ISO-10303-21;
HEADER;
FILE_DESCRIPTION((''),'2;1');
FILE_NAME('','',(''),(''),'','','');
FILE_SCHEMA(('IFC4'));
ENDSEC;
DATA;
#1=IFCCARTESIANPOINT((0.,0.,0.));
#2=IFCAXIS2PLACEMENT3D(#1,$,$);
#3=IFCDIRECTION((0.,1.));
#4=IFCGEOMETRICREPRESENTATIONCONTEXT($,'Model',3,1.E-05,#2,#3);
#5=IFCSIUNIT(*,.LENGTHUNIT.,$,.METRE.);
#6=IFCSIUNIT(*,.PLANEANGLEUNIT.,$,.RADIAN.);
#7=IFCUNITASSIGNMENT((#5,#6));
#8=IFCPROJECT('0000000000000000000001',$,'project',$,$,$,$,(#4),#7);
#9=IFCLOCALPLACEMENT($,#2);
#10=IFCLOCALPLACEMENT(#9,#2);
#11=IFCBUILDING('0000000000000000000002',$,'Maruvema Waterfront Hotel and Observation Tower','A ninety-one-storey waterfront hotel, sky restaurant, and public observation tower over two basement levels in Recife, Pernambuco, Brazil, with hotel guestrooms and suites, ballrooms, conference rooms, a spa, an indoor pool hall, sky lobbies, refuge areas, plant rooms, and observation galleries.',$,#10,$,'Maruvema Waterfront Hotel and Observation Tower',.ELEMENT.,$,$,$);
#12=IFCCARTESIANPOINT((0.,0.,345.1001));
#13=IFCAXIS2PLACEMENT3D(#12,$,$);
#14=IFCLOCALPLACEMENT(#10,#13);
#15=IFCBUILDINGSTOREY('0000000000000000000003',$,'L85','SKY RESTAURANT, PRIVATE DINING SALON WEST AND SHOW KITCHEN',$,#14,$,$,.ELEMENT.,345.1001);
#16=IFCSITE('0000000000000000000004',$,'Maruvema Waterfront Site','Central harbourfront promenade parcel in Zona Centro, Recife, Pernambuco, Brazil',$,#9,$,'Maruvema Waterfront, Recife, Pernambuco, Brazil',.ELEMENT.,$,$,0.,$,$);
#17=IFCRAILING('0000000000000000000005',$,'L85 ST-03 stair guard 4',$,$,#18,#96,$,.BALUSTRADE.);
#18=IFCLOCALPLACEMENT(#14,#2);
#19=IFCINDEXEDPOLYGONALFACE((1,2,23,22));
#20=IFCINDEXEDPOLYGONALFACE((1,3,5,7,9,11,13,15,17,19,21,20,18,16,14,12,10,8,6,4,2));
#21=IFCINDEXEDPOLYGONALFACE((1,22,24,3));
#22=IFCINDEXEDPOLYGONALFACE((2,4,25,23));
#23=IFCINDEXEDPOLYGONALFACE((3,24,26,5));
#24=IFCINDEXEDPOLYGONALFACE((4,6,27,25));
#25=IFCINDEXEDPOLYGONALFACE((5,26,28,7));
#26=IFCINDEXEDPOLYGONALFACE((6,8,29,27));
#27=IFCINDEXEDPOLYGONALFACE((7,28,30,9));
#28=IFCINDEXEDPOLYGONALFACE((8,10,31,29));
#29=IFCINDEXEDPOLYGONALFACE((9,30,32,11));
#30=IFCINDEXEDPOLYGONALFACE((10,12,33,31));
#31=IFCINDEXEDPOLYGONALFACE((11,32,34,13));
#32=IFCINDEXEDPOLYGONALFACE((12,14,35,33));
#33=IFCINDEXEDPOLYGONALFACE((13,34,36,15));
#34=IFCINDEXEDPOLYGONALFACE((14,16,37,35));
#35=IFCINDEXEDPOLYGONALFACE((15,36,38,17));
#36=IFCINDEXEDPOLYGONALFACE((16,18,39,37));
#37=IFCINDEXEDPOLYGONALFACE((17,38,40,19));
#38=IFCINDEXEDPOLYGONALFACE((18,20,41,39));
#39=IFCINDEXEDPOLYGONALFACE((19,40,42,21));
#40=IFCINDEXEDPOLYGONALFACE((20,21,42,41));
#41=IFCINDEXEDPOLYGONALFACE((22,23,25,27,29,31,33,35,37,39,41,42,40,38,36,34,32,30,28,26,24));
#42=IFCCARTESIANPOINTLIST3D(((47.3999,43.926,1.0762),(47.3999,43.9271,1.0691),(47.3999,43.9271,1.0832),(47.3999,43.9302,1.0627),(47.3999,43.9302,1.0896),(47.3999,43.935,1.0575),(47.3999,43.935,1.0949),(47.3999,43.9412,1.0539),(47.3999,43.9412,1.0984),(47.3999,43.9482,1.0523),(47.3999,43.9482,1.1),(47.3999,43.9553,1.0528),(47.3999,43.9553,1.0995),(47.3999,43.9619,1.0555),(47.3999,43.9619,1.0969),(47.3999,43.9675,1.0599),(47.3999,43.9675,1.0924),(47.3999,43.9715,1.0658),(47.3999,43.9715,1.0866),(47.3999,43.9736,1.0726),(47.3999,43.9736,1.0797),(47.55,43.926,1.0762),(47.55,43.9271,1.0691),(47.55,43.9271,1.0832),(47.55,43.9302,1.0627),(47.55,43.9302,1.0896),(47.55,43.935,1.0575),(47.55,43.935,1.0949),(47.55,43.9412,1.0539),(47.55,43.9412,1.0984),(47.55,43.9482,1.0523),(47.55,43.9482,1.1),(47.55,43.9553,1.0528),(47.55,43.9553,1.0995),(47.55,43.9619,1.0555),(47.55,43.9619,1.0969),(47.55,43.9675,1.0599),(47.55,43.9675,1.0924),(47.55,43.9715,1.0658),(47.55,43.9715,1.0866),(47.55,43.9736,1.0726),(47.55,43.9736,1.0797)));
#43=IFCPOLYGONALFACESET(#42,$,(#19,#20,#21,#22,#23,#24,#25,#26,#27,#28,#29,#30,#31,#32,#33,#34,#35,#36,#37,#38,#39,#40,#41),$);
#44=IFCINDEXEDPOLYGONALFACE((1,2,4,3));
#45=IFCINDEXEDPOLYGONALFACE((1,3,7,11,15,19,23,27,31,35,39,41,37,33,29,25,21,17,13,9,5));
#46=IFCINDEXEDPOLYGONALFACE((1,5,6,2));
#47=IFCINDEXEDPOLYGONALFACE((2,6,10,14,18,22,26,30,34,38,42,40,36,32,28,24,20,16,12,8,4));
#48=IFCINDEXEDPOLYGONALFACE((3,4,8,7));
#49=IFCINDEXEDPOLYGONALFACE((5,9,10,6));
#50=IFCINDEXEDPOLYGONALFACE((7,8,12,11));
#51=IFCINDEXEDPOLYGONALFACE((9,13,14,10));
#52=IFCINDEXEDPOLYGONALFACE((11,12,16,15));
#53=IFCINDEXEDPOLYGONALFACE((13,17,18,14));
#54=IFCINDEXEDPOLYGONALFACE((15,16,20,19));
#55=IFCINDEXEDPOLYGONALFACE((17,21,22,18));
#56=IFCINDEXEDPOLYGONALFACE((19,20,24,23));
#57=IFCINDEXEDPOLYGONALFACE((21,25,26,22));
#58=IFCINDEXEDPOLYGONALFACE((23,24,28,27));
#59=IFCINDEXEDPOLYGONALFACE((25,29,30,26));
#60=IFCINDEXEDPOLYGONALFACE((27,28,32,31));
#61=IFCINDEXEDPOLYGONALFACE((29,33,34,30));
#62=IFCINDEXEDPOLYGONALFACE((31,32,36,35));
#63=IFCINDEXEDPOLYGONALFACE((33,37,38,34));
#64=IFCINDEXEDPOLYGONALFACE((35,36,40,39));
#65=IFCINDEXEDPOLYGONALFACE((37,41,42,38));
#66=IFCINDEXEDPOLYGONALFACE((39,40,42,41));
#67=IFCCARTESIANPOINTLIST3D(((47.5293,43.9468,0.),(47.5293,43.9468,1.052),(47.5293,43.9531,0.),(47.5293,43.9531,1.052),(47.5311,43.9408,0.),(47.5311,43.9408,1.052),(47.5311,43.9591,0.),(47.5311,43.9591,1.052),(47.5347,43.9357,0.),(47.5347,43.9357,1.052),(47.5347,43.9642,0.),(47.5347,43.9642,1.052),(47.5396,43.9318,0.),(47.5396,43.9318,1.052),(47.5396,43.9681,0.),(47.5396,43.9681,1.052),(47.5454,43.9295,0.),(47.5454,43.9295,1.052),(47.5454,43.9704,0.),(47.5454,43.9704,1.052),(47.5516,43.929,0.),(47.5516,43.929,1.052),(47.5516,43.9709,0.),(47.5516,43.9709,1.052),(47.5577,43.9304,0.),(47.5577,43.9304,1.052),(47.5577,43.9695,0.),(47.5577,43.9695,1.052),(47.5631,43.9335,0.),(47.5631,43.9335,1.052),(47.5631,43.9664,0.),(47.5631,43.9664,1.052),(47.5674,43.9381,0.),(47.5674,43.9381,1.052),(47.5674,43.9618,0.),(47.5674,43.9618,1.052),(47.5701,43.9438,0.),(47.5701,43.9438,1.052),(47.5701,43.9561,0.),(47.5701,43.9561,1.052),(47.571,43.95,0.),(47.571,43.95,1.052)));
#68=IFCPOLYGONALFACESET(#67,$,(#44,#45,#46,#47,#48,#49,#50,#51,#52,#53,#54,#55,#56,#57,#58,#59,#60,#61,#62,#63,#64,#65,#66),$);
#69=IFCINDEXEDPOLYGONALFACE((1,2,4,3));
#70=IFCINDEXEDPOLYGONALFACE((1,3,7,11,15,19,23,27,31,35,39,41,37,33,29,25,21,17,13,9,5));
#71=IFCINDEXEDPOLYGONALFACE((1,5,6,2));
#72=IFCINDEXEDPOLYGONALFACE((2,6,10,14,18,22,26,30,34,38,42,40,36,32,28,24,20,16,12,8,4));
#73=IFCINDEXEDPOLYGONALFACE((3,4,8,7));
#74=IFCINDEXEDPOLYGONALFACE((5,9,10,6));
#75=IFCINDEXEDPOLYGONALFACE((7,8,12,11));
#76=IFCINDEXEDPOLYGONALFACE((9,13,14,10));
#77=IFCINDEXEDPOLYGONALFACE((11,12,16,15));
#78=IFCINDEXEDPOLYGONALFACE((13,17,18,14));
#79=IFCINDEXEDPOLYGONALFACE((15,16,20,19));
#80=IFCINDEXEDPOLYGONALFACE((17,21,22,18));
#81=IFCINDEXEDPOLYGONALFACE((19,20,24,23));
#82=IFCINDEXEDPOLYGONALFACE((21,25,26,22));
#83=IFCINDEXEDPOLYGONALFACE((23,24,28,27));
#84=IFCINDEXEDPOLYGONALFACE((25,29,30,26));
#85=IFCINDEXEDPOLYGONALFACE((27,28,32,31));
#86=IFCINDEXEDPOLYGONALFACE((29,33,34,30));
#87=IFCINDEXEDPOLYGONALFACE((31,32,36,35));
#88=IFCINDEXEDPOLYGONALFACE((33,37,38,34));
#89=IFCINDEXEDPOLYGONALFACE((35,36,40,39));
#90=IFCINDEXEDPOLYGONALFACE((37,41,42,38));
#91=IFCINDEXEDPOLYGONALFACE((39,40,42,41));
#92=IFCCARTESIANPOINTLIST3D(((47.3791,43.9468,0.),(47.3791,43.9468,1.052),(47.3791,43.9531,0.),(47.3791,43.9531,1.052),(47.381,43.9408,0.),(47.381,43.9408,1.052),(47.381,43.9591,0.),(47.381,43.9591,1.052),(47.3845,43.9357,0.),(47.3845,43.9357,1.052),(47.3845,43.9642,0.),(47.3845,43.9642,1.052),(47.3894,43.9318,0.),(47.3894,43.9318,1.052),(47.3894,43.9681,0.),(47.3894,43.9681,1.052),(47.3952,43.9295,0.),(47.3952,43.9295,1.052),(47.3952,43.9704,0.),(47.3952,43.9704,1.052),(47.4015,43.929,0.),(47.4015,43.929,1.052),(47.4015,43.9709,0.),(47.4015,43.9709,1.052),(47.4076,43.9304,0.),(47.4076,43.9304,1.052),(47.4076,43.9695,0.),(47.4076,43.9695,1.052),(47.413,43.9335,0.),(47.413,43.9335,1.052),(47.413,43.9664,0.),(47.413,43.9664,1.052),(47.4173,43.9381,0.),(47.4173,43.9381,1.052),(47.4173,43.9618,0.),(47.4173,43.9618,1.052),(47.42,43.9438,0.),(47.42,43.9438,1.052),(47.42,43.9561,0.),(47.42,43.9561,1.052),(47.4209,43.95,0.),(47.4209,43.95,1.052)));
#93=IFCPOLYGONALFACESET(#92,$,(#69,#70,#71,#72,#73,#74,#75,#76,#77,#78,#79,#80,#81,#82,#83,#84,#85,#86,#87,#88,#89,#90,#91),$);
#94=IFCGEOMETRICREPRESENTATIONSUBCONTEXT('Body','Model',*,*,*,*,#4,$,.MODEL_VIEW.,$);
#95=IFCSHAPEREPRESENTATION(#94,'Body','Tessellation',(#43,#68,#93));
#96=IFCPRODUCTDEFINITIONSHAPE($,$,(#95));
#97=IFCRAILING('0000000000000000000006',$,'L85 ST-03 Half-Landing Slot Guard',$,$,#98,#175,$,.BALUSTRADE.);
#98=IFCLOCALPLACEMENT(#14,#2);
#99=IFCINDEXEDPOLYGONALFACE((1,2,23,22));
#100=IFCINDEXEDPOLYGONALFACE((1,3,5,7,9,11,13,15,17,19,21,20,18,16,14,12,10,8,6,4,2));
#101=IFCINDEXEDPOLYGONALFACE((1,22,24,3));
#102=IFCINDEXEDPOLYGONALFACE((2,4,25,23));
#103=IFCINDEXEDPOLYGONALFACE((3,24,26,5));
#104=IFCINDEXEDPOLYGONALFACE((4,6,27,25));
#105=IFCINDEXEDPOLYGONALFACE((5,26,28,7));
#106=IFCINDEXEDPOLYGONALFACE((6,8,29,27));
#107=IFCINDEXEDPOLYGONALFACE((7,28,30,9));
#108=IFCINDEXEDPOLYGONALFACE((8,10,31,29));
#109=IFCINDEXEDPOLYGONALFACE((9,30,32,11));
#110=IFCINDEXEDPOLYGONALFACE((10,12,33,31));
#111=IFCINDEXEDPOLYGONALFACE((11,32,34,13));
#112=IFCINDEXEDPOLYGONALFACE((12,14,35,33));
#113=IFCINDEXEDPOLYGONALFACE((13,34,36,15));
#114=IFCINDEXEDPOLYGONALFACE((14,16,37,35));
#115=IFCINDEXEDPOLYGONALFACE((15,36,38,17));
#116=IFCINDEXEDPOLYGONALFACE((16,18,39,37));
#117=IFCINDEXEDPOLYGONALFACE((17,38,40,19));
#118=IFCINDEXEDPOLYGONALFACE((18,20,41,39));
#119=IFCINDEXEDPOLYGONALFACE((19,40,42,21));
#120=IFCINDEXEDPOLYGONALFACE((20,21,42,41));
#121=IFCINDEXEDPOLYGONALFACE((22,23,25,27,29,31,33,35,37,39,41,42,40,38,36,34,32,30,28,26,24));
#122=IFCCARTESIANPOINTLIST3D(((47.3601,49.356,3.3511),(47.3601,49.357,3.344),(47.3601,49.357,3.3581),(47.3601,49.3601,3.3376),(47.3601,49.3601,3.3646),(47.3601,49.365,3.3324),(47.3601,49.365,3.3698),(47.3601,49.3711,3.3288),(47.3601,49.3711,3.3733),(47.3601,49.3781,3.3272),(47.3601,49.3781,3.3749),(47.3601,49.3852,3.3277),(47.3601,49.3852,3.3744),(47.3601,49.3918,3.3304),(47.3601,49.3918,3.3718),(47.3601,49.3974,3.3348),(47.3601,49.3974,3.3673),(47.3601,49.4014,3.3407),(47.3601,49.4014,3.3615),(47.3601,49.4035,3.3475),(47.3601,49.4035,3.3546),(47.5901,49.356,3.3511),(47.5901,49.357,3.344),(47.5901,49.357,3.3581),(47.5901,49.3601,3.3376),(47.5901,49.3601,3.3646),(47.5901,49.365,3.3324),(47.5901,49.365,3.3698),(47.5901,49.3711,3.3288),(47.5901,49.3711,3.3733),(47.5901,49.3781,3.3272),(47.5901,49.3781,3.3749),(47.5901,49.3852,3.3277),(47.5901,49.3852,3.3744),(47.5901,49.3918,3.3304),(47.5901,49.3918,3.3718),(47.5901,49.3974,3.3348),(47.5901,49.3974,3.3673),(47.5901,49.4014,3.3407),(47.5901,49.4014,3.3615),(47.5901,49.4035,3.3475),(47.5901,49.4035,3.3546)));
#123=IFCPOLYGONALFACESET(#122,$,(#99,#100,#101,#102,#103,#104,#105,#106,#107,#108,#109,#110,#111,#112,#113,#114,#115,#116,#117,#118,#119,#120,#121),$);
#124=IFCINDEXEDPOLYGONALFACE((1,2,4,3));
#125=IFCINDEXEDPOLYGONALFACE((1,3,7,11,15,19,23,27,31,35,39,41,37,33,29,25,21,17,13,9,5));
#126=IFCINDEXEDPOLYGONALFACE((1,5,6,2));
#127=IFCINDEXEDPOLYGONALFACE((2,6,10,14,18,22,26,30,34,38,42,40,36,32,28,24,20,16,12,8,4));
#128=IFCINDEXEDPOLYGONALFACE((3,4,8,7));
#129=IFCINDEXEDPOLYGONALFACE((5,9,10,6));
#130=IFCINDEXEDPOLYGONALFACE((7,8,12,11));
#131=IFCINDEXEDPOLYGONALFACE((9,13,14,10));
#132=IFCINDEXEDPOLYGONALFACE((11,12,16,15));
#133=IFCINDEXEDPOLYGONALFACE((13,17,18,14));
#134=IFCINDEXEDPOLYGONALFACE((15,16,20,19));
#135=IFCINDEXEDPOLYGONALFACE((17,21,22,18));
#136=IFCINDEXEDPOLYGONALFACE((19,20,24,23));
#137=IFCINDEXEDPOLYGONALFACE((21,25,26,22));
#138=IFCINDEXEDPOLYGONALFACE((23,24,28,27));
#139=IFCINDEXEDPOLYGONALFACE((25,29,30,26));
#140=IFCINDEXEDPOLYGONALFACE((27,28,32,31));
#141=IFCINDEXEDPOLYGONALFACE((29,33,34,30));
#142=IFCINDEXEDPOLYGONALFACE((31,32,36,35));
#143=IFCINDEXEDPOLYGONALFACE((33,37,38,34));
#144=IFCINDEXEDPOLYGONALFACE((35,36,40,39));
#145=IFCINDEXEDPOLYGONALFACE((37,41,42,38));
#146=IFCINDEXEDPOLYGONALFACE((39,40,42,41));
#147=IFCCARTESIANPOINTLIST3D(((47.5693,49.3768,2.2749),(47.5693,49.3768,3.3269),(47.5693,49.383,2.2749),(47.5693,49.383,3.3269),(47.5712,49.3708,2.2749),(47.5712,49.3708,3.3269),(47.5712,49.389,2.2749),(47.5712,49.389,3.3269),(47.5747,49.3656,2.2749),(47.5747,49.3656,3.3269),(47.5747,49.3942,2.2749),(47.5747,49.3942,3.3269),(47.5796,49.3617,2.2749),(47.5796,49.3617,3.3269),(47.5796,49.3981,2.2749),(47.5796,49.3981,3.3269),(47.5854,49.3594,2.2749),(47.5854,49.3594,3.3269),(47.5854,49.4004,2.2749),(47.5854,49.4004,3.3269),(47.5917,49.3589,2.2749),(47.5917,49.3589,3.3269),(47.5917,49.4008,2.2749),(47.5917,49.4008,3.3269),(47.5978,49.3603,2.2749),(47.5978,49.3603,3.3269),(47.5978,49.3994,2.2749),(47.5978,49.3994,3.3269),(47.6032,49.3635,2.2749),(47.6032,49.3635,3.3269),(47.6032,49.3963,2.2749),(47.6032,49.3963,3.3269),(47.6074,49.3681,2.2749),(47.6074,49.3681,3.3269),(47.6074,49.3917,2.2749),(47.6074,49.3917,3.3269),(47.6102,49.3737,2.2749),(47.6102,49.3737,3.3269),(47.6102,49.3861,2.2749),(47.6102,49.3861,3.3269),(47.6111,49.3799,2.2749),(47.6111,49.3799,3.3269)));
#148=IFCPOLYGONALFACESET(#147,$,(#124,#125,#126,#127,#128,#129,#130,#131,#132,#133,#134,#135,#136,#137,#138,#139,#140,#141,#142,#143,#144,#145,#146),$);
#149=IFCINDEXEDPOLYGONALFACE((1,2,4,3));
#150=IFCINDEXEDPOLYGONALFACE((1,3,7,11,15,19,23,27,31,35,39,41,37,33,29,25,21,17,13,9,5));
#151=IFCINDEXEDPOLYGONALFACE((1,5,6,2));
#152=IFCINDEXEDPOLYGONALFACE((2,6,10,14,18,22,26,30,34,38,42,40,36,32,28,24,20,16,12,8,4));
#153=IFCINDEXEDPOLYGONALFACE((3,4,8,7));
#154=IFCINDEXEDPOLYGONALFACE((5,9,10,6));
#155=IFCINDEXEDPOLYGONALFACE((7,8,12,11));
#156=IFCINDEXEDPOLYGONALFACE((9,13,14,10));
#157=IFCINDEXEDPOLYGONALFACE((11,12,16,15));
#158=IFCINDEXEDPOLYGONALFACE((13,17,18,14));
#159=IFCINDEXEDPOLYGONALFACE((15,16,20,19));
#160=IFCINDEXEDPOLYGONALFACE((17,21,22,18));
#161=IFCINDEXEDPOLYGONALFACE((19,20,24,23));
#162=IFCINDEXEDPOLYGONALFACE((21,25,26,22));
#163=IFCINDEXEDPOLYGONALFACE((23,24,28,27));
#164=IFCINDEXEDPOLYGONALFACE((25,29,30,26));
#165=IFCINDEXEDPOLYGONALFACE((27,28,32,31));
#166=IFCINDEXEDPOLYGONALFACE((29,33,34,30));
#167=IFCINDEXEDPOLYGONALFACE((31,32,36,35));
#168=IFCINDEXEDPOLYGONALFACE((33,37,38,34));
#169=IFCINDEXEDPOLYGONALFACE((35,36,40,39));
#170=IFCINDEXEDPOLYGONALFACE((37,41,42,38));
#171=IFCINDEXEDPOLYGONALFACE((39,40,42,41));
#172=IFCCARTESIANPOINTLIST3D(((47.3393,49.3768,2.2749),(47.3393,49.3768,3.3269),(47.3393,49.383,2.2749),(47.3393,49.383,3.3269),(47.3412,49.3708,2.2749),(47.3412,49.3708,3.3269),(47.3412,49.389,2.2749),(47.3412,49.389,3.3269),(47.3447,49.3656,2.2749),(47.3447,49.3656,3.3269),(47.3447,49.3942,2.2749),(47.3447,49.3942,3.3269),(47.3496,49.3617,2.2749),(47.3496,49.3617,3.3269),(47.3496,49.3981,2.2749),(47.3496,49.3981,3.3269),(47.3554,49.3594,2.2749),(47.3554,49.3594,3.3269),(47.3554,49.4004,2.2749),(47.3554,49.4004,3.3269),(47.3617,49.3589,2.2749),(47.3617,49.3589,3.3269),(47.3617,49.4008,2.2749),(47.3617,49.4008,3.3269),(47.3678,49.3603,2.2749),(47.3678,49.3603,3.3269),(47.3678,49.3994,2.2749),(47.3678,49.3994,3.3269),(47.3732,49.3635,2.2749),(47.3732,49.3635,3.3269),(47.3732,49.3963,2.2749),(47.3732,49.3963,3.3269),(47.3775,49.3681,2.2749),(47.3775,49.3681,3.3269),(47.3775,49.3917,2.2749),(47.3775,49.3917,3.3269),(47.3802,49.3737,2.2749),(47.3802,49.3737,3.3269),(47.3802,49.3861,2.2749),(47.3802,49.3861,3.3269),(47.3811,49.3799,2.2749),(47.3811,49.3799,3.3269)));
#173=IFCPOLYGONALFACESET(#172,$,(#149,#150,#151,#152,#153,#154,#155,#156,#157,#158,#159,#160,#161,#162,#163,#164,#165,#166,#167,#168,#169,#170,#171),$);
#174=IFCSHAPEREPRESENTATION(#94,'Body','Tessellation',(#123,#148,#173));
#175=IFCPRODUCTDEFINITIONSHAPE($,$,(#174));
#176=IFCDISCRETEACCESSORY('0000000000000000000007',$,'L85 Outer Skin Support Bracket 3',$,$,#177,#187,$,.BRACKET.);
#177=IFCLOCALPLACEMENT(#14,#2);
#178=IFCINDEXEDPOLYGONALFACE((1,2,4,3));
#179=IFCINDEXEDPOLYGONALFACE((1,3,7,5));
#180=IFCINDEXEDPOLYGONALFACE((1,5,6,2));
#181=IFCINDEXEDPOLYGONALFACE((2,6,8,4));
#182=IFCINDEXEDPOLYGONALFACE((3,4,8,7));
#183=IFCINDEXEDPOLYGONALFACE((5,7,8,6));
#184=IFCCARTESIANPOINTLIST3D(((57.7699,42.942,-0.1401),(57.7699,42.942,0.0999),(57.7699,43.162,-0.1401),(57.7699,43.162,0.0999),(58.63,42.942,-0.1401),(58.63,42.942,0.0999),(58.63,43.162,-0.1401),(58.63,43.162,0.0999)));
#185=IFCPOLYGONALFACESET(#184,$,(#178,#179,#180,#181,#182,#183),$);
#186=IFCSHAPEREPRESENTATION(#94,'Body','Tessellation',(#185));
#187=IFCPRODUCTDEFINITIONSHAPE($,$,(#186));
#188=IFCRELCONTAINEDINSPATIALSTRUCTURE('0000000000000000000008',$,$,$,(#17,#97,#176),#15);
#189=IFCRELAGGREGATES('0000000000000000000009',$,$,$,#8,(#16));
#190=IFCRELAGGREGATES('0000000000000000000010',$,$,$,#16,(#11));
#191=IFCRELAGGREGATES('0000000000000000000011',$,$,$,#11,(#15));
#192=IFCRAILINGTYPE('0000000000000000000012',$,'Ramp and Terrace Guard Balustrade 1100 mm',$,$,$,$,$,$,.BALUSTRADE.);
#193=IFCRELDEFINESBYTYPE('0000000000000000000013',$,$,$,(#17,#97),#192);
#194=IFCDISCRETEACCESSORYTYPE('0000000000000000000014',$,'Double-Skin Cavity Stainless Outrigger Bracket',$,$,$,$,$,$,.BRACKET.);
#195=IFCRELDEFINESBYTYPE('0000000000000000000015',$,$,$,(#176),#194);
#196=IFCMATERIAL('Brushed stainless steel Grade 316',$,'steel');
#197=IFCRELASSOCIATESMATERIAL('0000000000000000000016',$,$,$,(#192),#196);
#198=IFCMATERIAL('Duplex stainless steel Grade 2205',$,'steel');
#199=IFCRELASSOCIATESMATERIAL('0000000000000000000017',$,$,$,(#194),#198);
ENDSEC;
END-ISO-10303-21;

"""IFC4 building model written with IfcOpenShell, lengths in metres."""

from ifc_helpers import new_model, si_unit, direction, frame, origin, origin_2d, place, context, subcontext, project, spatial, rectangle, circle, extrude, material, type_object, element, save


model = new_model("IFC4")

# Units and contexts
model_context = context("Model", 3, precision=1e-05, world=origin(), true_north=direction((0.0, 1.0)))
body_context = subcontext(model_context, "Body", "Model", "MODEL_VIEW")
ifc_project = project(units=[si_unit("LENGTHUNIT", "METRE"), si_unit("PLANEANGLEUNIT", "RADIAN")], contexts=[model_context])

# Site, building, storey
site_placement = place(None, origin())
site = spatial("IfcSite", under=ifc_project, at=site_placement, Name="Maruvema Waterfront Site", Description="Central harbourfront promenade parcel in Zona Centro, Recife, Pernambuco, Brazil", LongName="Maruvema Waterfront, Recife, Pernambuco, Brazil", CompositionType="ELEMENT", RefElevation=0.0)
building_placement = place(site_placement, origin())
building = spatial("IfcBuilding", under=site, at=building_placement, Name="Maruvema Waterfront Hotel and Observation Tower", Description="A ninety-one-storey waterfront hotel, sky restaurant, and public observation tower over two basement levels in Recife, Pernambuco, Brazil, with hotel guestrooms and suites, ballrooms, conference rooms, a spa, an indoor pool hall, sky lobbies, refuge areas, plant rooms, and observation galleries.", LongName="Maruvema Waterfront Hotel and Observation Tower", CompositionType="ELEMENT")
storey_placement = place(building_placement, frame((0.0, 0.0, 345.1001)))
storey = spatial("IfcBuildingStorey", under=building, at=storey_placement, Name="L85", Description="SKY RESTAURANT, PRIVATE DINING SALON WEST AND SHOW KITCHEN", CompositionType="ELEMENT", Elevation=345.1001)

# Railings
ifc_material_1 = material(Name="Brushed stainless steel Grade 316", Category="steel")
railing_type_1 = type_object("IfcRailingType", Name="Ramp and Terrace Guard Balustrade 1100 mm", PredefinedType="BALUSTRADE", material=ifc_material_1)
railing_1_placement = place(storey_placement, frame((47.55, 43.95, 0.0)))
element("IfcRailing", 1, at=railing_1_placement, inside=storey, type_object=railing_type_1, Name="L85 ST-03 stair guard 4", PredefinedType="BALUSTRADE", context=body_context, shape_type="SweptSolid", body=[
    extrude(circle(Radius=0.0239, at=origin_2d()), frame((0.0, 0.0, 1.0762), z_axis=(-1.0, 0.0, 0.0), x_axis=(0.0, -1.0, 0.0)), (0.0, 0.0, 1.0), 0.1501),
    extrude(circle(Radius=0.021, at=origin_2d()), origin(), (0.0, 0.0, 1.0), 1.052),
    extrude(circle(Radius=0.021, at=origin_2d()), frame((-0.1501, 0.0, 0.0)), (0.0, 0.0, 1.0), 1.052),
])
railing_2_placement = place(storey_placement, frame((47.5901, 49.3799, 2.2749)))
element("IfcRailing", 2, at=railing_2_placement, inside=storey, type_object=railing_type_1, Name="L85 ST-03 Half-Landing Slot Guard", PredefinedType="BALUSTRADE", context=body_context, shape_type="SweptSolid", body=[
    extrude(circle(Radius=0.0239, at=origin_2d()), frame((0.0, 0.0, 1.0762), z_axis=(-1.0, 0.0, 0.0), x_axis=(0.0, -1.0, 0.0)), (0.0, 0.0, 1.0), 0.23),
    extrude(circle(Radius=0.021, at=origin_2d()), origin(), (0.0, 0.0, 1.0), 1.052),
    extrude(circle(Radius=0.021, at=origin_2d()), frame((-0.23, 0.0, 0.0)), (0.0, 0.0, 1.0), 1.052),
])

# Discrete accessory
ifc_material_2 = material(Name="Duplex stainless steel Grade 2205", Category="steel")
discrete_accessory_type = type_object("IfcDiscreteAccessoryType", Name="Double-Skin Cavity Stainless Outrigger Bracket", PredefinedType="BRACKET", material=ifc_material_2)
discrete_accessory_placement = place(storey_placement, frame((58.2, 43.052, -0.1401), z_axis=(0.0, 0.0, 1.0), x_axis=(0.0, 1.0, 0.0)))
element("IfcDiscreteAccessory", 3, at=discrete_accessory_placement, inside=storey, type_object=discrete_accessory_type, Name="L85 Outer Skin Support Bracket 3", PredefinedType="BRACKET", context=body_context, shape_type="SweptSolid", body=[
    extrude(rectangle(XDim=0.22, YDim=0.8601, at=origin_2d()), origin(), (0.0, 0.0, 1.0), 0.24),
])

save(model, "model.ifc")
